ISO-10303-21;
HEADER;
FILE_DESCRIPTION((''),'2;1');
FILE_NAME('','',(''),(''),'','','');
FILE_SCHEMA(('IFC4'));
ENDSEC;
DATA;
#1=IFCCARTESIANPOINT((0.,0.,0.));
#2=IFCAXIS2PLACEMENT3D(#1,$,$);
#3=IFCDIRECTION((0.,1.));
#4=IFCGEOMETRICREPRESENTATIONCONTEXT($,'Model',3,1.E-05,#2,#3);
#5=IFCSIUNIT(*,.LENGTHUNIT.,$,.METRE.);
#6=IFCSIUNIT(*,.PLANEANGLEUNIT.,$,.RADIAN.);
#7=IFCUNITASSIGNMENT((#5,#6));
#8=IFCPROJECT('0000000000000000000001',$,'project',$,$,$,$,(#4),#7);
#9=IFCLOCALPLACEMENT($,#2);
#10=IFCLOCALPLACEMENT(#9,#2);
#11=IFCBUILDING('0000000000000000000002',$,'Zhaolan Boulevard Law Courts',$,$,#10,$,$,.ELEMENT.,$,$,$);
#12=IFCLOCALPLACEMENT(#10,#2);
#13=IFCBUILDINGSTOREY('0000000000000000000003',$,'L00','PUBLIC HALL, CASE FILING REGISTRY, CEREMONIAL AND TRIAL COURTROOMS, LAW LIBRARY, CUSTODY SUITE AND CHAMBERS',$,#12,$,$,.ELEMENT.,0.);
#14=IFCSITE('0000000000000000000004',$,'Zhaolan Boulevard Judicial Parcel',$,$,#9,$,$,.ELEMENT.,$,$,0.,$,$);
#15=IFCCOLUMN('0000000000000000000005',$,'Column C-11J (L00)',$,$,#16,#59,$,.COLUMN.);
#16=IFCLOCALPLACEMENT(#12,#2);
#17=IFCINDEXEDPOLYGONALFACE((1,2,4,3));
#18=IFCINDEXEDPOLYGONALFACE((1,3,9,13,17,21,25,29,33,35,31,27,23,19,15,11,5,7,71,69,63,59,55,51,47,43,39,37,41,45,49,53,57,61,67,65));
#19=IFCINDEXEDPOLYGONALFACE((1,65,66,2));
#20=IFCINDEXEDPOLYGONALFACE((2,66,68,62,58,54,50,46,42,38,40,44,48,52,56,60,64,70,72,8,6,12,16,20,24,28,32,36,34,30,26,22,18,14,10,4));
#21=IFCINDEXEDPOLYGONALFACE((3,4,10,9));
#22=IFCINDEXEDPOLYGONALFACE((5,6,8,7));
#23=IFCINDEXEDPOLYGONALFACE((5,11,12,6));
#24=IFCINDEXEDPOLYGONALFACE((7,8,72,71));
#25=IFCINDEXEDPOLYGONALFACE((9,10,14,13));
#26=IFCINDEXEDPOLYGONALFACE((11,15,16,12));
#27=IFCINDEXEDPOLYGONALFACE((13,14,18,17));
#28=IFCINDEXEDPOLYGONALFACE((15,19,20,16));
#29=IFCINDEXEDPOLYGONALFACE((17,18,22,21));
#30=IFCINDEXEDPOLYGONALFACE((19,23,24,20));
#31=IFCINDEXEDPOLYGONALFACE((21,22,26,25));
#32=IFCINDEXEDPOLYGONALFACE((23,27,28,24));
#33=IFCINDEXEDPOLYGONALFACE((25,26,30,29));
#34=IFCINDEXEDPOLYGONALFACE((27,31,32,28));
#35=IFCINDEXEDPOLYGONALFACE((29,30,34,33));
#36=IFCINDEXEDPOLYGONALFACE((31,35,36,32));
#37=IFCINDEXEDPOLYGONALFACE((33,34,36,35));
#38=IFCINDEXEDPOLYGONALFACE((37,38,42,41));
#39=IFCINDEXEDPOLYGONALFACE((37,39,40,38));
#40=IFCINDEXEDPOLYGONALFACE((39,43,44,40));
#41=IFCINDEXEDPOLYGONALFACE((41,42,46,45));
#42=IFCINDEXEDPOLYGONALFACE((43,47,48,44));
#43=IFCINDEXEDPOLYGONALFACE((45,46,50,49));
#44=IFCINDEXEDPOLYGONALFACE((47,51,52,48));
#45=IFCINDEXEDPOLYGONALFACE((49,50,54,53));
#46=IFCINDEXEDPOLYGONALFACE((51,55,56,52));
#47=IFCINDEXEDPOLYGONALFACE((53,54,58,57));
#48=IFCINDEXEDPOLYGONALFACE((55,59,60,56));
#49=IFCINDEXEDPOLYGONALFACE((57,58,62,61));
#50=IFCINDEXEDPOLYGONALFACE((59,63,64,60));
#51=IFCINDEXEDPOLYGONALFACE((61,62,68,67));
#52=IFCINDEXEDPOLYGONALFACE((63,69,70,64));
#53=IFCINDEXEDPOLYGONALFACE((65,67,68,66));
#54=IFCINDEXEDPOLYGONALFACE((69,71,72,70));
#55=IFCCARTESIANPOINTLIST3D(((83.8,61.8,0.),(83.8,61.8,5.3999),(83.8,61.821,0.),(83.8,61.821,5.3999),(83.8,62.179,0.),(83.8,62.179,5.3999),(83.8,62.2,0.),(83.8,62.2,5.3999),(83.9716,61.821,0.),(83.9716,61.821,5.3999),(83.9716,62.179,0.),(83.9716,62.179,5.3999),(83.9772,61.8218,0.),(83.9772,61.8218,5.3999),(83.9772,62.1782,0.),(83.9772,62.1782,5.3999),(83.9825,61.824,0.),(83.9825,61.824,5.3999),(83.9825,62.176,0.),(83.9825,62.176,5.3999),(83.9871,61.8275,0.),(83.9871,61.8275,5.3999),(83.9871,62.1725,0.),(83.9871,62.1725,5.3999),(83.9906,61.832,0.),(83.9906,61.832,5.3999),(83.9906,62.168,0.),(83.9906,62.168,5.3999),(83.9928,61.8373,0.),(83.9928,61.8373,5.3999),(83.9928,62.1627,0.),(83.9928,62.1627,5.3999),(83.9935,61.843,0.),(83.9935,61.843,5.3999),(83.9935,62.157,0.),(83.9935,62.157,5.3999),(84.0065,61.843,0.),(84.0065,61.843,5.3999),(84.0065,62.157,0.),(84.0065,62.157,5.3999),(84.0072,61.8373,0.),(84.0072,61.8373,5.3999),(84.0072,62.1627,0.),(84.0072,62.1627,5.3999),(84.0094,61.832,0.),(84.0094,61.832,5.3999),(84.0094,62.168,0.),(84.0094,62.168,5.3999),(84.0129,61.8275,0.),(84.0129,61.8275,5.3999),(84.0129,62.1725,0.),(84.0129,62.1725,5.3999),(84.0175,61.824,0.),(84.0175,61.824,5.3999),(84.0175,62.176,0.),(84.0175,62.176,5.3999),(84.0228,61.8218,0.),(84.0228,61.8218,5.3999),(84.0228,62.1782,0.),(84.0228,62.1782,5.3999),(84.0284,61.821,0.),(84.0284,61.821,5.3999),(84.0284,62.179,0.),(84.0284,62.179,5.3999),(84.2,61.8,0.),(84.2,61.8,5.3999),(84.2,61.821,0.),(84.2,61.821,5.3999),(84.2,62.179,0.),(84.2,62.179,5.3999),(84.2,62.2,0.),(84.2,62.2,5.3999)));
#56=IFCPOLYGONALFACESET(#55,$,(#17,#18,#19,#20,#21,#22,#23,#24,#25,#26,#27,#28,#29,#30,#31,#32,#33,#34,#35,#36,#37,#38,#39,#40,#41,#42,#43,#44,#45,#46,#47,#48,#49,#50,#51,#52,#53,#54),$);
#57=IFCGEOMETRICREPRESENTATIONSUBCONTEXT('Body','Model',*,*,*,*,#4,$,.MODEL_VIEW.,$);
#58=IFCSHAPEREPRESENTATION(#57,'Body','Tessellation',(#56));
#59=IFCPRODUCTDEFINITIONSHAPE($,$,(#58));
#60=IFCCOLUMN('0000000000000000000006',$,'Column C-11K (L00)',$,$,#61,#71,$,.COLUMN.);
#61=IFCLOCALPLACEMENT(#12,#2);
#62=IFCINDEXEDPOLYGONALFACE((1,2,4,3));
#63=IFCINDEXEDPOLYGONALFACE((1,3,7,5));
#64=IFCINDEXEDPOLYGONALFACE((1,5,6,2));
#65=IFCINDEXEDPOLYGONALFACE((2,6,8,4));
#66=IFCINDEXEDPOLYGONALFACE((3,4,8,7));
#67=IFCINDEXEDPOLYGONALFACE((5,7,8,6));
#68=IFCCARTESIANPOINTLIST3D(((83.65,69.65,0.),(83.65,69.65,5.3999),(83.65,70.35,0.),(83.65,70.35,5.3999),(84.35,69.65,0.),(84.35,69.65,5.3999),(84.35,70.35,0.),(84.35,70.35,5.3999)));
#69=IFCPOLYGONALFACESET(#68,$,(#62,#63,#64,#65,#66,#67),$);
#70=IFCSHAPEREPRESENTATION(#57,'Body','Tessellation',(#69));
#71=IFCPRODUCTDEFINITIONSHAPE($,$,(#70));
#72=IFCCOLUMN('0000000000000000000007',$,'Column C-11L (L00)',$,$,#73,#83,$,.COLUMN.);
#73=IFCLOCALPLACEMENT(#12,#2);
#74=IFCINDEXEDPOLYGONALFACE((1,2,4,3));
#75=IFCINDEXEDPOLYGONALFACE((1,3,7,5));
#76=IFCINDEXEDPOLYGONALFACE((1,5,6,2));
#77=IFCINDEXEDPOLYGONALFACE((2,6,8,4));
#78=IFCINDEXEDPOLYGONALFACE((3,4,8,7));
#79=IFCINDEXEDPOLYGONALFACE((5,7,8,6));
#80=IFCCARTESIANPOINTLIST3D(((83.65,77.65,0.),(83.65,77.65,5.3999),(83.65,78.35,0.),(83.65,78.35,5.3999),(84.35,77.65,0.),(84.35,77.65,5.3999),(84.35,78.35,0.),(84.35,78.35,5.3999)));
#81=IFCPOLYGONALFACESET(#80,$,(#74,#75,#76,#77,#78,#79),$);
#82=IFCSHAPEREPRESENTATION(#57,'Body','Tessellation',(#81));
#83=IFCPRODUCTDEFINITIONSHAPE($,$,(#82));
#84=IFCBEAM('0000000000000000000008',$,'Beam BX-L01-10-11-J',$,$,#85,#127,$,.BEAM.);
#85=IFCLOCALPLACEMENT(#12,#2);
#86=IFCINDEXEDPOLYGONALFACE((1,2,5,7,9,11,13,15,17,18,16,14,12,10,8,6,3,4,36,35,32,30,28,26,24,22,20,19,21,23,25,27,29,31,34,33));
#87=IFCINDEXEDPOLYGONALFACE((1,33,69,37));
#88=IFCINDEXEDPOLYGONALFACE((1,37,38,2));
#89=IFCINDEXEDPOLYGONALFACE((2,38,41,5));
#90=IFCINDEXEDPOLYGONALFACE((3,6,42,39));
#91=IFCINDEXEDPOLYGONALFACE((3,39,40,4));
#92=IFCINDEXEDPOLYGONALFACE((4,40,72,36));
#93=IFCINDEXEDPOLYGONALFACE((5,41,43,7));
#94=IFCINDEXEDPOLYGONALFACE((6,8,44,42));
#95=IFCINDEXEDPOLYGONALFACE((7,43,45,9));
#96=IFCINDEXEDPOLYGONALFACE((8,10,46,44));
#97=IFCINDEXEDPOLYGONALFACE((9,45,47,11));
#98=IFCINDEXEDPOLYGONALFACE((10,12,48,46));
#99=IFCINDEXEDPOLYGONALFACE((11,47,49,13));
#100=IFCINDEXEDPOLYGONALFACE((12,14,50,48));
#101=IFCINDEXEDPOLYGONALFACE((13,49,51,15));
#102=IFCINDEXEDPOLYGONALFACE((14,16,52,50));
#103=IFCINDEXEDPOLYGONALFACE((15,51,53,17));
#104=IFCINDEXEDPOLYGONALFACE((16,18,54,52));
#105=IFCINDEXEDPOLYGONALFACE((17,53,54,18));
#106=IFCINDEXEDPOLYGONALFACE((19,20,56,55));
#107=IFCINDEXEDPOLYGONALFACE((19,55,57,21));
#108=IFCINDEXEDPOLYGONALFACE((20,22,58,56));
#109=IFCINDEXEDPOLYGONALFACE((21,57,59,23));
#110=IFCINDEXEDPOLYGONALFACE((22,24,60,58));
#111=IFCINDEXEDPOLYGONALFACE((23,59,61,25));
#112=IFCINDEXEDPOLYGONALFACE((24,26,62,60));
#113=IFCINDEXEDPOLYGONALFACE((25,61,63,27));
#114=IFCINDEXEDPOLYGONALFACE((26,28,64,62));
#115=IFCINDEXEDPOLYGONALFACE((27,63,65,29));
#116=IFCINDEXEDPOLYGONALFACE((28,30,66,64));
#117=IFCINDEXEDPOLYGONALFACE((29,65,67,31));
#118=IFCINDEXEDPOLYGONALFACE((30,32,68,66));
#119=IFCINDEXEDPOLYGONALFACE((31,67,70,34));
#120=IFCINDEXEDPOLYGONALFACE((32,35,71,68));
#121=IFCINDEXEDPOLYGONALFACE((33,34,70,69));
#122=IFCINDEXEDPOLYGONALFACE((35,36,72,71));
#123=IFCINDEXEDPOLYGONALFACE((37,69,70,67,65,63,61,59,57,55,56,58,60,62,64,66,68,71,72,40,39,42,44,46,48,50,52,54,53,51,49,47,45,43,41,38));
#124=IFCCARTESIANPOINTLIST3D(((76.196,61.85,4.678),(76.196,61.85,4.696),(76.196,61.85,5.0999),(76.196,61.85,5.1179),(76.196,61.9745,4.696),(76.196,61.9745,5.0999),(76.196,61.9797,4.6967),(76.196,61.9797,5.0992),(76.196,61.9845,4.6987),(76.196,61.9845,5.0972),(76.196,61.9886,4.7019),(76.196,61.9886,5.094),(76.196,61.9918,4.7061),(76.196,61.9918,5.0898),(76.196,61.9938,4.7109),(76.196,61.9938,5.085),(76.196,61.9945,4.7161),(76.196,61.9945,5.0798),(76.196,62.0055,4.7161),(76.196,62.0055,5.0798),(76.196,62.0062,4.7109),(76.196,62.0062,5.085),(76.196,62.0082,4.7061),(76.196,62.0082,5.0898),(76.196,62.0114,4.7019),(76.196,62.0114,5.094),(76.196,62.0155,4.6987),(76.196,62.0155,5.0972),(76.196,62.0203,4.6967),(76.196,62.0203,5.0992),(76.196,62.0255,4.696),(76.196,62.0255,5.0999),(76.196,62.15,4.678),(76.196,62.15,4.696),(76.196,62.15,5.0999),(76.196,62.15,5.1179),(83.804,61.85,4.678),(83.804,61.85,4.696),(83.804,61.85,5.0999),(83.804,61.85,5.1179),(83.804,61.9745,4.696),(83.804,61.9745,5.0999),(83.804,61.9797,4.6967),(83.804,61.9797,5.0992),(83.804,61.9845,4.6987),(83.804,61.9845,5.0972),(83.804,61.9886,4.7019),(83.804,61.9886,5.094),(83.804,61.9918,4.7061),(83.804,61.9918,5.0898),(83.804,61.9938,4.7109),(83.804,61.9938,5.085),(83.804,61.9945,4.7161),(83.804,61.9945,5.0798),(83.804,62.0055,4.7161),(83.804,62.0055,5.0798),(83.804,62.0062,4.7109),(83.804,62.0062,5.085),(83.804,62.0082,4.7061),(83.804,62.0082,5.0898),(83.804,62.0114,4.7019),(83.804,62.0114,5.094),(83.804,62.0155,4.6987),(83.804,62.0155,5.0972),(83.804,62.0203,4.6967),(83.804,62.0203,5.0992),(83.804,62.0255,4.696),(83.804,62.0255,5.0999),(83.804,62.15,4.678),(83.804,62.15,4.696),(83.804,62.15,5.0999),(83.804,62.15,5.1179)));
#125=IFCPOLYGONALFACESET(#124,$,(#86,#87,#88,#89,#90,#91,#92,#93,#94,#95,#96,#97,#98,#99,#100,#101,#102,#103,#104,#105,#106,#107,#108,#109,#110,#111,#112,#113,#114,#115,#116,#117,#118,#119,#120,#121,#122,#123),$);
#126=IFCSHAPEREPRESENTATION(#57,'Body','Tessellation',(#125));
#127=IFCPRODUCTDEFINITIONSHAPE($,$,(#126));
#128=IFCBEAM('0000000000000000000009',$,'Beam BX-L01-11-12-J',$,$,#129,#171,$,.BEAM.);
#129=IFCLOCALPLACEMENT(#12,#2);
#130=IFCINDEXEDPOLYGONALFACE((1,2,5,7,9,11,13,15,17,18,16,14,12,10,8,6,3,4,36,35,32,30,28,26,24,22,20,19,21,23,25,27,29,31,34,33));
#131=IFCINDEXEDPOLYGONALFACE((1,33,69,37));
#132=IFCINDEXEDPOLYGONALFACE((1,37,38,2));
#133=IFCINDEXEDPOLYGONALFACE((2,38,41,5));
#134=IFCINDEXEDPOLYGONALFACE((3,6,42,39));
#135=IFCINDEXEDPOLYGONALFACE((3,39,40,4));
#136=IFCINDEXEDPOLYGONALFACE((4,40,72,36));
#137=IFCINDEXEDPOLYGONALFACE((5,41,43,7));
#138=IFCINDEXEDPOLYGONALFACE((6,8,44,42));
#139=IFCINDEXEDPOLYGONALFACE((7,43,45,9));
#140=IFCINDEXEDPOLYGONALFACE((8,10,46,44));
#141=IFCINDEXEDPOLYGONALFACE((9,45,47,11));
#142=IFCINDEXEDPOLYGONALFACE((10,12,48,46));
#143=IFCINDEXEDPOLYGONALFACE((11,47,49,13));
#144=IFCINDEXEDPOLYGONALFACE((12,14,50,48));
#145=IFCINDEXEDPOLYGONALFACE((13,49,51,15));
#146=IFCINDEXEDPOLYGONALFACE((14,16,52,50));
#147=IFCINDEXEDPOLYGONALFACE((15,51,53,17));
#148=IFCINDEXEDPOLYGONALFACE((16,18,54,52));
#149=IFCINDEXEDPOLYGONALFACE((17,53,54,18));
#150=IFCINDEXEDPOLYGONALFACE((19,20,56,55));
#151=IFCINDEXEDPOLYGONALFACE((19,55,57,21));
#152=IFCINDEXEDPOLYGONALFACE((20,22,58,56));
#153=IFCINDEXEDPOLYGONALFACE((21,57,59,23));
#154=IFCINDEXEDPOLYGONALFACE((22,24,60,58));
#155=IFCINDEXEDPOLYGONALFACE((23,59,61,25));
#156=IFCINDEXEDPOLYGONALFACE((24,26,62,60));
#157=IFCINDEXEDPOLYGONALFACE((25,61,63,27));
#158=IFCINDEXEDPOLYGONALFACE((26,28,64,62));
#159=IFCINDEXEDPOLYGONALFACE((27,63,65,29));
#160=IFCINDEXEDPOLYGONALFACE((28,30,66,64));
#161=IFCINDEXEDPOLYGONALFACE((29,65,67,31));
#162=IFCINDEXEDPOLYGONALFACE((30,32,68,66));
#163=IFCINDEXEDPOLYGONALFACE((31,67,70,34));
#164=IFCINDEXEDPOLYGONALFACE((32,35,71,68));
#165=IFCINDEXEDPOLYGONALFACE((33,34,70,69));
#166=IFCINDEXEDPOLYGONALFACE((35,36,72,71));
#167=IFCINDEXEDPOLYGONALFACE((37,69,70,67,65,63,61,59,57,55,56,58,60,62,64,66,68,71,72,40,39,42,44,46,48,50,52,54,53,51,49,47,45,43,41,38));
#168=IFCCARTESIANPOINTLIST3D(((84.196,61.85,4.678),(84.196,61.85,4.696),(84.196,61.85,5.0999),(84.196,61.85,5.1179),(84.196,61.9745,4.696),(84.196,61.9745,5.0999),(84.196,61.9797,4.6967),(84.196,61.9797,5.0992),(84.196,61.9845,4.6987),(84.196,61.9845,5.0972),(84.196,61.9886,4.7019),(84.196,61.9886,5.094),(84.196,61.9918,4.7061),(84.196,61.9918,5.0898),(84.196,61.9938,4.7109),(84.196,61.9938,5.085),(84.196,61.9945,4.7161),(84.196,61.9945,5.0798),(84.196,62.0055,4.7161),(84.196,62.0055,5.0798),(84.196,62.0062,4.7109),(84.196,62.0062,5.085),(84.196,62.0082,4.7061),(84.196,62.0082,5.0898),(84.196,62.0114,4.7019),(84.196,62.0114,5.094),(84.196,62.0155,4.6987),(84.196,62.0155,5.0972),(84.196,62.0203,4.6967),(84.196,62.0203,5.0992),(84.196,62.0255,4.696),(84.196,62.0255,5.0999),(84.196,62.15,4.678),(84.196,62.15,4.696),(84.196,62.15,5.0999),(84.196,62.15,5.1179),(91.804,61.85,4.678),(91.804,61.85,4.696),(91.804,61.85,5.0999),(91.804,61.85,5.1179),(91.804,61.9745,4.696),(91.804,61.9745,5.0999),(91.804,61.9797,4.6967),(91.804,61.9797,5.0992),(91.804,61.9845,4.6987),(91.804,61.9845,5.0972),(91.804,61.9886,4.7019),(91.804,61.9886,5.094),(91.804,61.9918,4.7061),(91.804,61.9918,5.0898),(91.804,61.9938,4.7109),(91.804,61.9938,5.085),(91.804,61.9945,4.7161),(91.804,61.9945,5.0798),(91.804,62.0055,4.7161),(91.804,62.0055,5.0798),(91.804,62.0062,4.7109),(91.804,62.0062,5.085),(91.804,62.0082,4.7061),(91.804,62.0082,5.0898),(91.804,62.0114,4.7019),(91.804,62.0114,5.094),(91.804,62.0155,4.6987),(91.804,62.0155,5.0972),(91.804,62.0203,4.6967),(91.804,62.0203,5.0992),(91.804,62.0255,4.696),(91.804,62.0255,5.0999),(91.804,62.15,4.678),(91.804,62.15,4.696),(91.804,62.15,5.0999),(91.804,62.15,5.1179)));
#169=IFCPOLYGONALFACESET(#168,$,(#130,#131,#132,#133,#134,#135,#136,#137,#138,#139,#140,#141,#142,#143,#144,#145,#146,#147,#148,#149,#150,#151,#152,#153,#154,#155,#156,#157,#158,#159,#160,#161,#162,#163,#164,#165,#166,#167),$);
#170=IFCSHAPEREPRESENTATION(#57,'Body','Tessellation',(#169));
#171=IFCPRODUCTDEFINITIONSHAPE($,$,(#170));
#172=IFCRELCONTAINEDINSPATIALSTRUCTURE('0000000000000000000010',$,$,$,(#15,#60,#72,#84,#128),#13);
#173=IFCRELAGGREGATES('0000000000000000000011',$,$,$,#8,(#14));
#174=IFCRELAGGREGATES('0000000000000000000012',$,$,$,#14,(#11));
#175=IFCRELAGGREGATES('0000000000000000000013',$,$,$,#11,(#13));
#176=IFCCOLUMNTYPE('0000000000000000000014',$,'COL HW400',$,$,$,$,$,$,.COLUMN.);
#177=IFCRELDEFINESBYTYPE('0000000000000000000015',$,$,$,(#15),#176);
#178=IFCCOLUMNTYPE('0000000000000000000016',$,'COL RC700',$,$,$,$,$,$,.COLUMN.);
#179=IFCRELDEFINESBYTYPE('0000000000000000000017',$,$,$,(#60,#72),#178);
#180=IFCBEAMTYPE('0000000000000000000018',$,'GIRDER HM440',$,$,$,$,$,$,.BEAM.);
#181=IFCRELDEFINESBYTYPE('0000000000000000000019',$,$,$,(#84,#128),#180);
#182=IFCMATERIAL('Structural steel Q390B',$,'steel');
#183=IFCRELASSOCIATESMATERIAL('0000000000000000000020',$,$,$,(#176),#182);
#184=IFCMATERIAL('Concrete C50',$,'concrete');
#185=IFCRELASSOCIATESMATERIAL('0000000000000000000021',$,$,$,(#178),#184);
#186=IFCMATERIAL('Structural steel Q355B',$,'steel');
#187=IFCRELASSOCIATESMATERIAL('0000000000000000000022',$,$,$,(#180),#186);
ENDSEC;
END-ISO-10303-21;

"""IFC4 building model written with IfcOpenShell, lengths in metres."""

from ifc_helpers import new_model, si_unit, direction, frame, origin, origin_2d, place, context, subcontext, project, spatial, rectangle, i_section, extrude, material, material_profile, profile_set, type_object, element, save


model = new_model("IFC4")

# Units and contexts
model_context = context("Model", 3, precision=1e-05, world=origin(), true_north=direction((0.0, 1.0)))
body_context = subcontext(model_context, "Body", "Model", "MODEL_VIEW")
ifc_project = project(units=[si_unit("LENGTHUNIT", "METRE"), si_unit("PLANEANGLEUNIT", "RADIAN")], contexts=[model_context])

# Site, building, storey
site_placement = place(None, origin())
site = spatial("IfcSite", under=ifc_project, at=site_placement, Name="Zhaolan Boulevard Judicial Parcel", CompositionType="ELEMENT", RefElevation=0.0)
building_placement = place(site_placement, origin())
building = spatial("IfcBuilding", under=site, at=building_placement, Name="Zhaolan Boulevard Law Courts", CompositionType="ELEMENT")
storey_placement = place(building_placement, origin())
storey = spatial("IfcBuildingStorey", under=building, at=storey_placement, Name="L00", Description="PUBLIC HALL, CASE FILING REGISTRY, CEREMONIAL AND TRIAL COURTROOMS, LAW LIBRARY, CUSTODY SUITE AND CHAMBERS", CompositionType="ELEMENT", Elevation=0.0)

# Columns
ifc_material_1 = material(Name="Structural steel Q390B", Category="steel")
ifc_material_profile_1 = material_profile(ifc_material_1, i_section(OverallWidth=0.3999, OverallDepth=0.3999, WebThickness=0.0129, FlangeThickness=0.021, FilletRadius=0.022, at=origin_2d()), Name="HW400x400")
ifc_profile_set_1 = profile_set([ifc_material_profile_1], Name="Structural steel Q390B")
column_type_1 = type_object("IfcColumnType", Name="COL HW400", PredefinedType="COLUMN", material=ifc_profile_set_1)
column_placement = place(storey_placement, frame((84.0, 62.0, 0.0), z_axis=(0.0, 0.0, 1.0), x_axis=(1.0, 0.0, 0.0)))
element("IfcColumn", 1, at=column_placement, inside=storey, type_object=column_type_1, Name="Column C-11J (L00)", PredefinedType="COLUMN", context=body_context, shape_type="SweptSolid", body=[
    extrude(i_section(OverallWidth=0.3999, OverallDepth=0.3999, WebThickness=0.0129, FlangeThickness=0.021, FilletRadius=0.022, at=origin_2d()), origin(), (0.0, 0.0, 1.0), 5.3999),
])
ifc_material_2 = material(Name="Concrete C50", Category="concrete")
ifc_material_profile_2 = material_profile(ifc_material_2, rectangle(XDim=0.7, YDim=0.7, at=origin_2d()), Name="RC700x700")
ifc_profile_set_2 = profile_set([ifc_material_profile_2], Name="Concrete C50")
column_type_2 = type_object("IfcColumnType", Name="COL RC700", PredefinedType="COLUMN", material=ifc_profile_set_2)
for number, where, z_axis, x_axis, name in (
    (2, (84.0, 70.0, 0.0), (0.0, 0.0, 1.0), (1.0, 0.0, 0.0), "Column C-11K (L00)"),
    (3, (84.0, 78.0, 0.0), (0.0, 0.0, 1.0), (1.0, 0.0, 0.0), "Column C-11L (L00)"),
):
    element("IfcColumn", number, at=place(storey_placement, frame(where, z_axis=z_axis, x_axis=x_axis)), inside=storey, type_object=column_type_2, Name=name, PredefinedType="COLUMN", context=body_context, shape_type="SweptSolid", body=[
        extrude(rectangle(XDim=0.7, YDim=0.7, at=origin_2d()), origin(), (0.0, 0.0, 1.0), 5.3999),
    ])

# Beams
ifc_material_3 = material(Name="Structural steel Q355B", Category="steel")
ifc_material_profile_3 = material_profile(ifc_material_3, i_section(OverallWidth=0.3, OverallDepth=0.4399, WebThickness=0.011, FlangeThickness=0.0181, FilletRadius=0.02, at=origin_2d()), Name="HM440x300")
ifc_profile_set_3 = profile_set([ifc_material_profile_3], Name="Structural steel Q355B")
beam_type_1 = type_object("IfcBeamType", Name="GIRDER HM440", PredefinedType="BEAM", material=ifc_profile_set_3)
for number, where, z_axis, x_axis, name in (
    (4, (76.196, 62.0, 4.8979), (1.0, 0.0, 0.0), (0.0, 1.0, 0.0), "Beam BX-L01-10-11-J"),
    (5, (84.196, 62.0, 4.8979), (1.0, 0.0, 0.0), (0.0, 1.0, 0.0), "Beam BX-L01-11-12-J"),
):
    element("IfcBeam", number, at=place(storey_placement, frame(where, z_axis=z_axis, x_axis=x_axis)), inside=storey, type_object=beam_type_1, Name=name, PredefinedType="BEAM", context=body_context, shape_type="SweptSolid", body=[
        extrude(i_section(OverallWidth=0.3, OverallDepth=0.4399, WebThickness=0.011, FlangeThickness=0.0181, FilletRadius=0.02, at=origin_2d()), origin(), (0.0, 0.0, 1.0), 7.6079),
    ])

save(model, "model.ifc")
